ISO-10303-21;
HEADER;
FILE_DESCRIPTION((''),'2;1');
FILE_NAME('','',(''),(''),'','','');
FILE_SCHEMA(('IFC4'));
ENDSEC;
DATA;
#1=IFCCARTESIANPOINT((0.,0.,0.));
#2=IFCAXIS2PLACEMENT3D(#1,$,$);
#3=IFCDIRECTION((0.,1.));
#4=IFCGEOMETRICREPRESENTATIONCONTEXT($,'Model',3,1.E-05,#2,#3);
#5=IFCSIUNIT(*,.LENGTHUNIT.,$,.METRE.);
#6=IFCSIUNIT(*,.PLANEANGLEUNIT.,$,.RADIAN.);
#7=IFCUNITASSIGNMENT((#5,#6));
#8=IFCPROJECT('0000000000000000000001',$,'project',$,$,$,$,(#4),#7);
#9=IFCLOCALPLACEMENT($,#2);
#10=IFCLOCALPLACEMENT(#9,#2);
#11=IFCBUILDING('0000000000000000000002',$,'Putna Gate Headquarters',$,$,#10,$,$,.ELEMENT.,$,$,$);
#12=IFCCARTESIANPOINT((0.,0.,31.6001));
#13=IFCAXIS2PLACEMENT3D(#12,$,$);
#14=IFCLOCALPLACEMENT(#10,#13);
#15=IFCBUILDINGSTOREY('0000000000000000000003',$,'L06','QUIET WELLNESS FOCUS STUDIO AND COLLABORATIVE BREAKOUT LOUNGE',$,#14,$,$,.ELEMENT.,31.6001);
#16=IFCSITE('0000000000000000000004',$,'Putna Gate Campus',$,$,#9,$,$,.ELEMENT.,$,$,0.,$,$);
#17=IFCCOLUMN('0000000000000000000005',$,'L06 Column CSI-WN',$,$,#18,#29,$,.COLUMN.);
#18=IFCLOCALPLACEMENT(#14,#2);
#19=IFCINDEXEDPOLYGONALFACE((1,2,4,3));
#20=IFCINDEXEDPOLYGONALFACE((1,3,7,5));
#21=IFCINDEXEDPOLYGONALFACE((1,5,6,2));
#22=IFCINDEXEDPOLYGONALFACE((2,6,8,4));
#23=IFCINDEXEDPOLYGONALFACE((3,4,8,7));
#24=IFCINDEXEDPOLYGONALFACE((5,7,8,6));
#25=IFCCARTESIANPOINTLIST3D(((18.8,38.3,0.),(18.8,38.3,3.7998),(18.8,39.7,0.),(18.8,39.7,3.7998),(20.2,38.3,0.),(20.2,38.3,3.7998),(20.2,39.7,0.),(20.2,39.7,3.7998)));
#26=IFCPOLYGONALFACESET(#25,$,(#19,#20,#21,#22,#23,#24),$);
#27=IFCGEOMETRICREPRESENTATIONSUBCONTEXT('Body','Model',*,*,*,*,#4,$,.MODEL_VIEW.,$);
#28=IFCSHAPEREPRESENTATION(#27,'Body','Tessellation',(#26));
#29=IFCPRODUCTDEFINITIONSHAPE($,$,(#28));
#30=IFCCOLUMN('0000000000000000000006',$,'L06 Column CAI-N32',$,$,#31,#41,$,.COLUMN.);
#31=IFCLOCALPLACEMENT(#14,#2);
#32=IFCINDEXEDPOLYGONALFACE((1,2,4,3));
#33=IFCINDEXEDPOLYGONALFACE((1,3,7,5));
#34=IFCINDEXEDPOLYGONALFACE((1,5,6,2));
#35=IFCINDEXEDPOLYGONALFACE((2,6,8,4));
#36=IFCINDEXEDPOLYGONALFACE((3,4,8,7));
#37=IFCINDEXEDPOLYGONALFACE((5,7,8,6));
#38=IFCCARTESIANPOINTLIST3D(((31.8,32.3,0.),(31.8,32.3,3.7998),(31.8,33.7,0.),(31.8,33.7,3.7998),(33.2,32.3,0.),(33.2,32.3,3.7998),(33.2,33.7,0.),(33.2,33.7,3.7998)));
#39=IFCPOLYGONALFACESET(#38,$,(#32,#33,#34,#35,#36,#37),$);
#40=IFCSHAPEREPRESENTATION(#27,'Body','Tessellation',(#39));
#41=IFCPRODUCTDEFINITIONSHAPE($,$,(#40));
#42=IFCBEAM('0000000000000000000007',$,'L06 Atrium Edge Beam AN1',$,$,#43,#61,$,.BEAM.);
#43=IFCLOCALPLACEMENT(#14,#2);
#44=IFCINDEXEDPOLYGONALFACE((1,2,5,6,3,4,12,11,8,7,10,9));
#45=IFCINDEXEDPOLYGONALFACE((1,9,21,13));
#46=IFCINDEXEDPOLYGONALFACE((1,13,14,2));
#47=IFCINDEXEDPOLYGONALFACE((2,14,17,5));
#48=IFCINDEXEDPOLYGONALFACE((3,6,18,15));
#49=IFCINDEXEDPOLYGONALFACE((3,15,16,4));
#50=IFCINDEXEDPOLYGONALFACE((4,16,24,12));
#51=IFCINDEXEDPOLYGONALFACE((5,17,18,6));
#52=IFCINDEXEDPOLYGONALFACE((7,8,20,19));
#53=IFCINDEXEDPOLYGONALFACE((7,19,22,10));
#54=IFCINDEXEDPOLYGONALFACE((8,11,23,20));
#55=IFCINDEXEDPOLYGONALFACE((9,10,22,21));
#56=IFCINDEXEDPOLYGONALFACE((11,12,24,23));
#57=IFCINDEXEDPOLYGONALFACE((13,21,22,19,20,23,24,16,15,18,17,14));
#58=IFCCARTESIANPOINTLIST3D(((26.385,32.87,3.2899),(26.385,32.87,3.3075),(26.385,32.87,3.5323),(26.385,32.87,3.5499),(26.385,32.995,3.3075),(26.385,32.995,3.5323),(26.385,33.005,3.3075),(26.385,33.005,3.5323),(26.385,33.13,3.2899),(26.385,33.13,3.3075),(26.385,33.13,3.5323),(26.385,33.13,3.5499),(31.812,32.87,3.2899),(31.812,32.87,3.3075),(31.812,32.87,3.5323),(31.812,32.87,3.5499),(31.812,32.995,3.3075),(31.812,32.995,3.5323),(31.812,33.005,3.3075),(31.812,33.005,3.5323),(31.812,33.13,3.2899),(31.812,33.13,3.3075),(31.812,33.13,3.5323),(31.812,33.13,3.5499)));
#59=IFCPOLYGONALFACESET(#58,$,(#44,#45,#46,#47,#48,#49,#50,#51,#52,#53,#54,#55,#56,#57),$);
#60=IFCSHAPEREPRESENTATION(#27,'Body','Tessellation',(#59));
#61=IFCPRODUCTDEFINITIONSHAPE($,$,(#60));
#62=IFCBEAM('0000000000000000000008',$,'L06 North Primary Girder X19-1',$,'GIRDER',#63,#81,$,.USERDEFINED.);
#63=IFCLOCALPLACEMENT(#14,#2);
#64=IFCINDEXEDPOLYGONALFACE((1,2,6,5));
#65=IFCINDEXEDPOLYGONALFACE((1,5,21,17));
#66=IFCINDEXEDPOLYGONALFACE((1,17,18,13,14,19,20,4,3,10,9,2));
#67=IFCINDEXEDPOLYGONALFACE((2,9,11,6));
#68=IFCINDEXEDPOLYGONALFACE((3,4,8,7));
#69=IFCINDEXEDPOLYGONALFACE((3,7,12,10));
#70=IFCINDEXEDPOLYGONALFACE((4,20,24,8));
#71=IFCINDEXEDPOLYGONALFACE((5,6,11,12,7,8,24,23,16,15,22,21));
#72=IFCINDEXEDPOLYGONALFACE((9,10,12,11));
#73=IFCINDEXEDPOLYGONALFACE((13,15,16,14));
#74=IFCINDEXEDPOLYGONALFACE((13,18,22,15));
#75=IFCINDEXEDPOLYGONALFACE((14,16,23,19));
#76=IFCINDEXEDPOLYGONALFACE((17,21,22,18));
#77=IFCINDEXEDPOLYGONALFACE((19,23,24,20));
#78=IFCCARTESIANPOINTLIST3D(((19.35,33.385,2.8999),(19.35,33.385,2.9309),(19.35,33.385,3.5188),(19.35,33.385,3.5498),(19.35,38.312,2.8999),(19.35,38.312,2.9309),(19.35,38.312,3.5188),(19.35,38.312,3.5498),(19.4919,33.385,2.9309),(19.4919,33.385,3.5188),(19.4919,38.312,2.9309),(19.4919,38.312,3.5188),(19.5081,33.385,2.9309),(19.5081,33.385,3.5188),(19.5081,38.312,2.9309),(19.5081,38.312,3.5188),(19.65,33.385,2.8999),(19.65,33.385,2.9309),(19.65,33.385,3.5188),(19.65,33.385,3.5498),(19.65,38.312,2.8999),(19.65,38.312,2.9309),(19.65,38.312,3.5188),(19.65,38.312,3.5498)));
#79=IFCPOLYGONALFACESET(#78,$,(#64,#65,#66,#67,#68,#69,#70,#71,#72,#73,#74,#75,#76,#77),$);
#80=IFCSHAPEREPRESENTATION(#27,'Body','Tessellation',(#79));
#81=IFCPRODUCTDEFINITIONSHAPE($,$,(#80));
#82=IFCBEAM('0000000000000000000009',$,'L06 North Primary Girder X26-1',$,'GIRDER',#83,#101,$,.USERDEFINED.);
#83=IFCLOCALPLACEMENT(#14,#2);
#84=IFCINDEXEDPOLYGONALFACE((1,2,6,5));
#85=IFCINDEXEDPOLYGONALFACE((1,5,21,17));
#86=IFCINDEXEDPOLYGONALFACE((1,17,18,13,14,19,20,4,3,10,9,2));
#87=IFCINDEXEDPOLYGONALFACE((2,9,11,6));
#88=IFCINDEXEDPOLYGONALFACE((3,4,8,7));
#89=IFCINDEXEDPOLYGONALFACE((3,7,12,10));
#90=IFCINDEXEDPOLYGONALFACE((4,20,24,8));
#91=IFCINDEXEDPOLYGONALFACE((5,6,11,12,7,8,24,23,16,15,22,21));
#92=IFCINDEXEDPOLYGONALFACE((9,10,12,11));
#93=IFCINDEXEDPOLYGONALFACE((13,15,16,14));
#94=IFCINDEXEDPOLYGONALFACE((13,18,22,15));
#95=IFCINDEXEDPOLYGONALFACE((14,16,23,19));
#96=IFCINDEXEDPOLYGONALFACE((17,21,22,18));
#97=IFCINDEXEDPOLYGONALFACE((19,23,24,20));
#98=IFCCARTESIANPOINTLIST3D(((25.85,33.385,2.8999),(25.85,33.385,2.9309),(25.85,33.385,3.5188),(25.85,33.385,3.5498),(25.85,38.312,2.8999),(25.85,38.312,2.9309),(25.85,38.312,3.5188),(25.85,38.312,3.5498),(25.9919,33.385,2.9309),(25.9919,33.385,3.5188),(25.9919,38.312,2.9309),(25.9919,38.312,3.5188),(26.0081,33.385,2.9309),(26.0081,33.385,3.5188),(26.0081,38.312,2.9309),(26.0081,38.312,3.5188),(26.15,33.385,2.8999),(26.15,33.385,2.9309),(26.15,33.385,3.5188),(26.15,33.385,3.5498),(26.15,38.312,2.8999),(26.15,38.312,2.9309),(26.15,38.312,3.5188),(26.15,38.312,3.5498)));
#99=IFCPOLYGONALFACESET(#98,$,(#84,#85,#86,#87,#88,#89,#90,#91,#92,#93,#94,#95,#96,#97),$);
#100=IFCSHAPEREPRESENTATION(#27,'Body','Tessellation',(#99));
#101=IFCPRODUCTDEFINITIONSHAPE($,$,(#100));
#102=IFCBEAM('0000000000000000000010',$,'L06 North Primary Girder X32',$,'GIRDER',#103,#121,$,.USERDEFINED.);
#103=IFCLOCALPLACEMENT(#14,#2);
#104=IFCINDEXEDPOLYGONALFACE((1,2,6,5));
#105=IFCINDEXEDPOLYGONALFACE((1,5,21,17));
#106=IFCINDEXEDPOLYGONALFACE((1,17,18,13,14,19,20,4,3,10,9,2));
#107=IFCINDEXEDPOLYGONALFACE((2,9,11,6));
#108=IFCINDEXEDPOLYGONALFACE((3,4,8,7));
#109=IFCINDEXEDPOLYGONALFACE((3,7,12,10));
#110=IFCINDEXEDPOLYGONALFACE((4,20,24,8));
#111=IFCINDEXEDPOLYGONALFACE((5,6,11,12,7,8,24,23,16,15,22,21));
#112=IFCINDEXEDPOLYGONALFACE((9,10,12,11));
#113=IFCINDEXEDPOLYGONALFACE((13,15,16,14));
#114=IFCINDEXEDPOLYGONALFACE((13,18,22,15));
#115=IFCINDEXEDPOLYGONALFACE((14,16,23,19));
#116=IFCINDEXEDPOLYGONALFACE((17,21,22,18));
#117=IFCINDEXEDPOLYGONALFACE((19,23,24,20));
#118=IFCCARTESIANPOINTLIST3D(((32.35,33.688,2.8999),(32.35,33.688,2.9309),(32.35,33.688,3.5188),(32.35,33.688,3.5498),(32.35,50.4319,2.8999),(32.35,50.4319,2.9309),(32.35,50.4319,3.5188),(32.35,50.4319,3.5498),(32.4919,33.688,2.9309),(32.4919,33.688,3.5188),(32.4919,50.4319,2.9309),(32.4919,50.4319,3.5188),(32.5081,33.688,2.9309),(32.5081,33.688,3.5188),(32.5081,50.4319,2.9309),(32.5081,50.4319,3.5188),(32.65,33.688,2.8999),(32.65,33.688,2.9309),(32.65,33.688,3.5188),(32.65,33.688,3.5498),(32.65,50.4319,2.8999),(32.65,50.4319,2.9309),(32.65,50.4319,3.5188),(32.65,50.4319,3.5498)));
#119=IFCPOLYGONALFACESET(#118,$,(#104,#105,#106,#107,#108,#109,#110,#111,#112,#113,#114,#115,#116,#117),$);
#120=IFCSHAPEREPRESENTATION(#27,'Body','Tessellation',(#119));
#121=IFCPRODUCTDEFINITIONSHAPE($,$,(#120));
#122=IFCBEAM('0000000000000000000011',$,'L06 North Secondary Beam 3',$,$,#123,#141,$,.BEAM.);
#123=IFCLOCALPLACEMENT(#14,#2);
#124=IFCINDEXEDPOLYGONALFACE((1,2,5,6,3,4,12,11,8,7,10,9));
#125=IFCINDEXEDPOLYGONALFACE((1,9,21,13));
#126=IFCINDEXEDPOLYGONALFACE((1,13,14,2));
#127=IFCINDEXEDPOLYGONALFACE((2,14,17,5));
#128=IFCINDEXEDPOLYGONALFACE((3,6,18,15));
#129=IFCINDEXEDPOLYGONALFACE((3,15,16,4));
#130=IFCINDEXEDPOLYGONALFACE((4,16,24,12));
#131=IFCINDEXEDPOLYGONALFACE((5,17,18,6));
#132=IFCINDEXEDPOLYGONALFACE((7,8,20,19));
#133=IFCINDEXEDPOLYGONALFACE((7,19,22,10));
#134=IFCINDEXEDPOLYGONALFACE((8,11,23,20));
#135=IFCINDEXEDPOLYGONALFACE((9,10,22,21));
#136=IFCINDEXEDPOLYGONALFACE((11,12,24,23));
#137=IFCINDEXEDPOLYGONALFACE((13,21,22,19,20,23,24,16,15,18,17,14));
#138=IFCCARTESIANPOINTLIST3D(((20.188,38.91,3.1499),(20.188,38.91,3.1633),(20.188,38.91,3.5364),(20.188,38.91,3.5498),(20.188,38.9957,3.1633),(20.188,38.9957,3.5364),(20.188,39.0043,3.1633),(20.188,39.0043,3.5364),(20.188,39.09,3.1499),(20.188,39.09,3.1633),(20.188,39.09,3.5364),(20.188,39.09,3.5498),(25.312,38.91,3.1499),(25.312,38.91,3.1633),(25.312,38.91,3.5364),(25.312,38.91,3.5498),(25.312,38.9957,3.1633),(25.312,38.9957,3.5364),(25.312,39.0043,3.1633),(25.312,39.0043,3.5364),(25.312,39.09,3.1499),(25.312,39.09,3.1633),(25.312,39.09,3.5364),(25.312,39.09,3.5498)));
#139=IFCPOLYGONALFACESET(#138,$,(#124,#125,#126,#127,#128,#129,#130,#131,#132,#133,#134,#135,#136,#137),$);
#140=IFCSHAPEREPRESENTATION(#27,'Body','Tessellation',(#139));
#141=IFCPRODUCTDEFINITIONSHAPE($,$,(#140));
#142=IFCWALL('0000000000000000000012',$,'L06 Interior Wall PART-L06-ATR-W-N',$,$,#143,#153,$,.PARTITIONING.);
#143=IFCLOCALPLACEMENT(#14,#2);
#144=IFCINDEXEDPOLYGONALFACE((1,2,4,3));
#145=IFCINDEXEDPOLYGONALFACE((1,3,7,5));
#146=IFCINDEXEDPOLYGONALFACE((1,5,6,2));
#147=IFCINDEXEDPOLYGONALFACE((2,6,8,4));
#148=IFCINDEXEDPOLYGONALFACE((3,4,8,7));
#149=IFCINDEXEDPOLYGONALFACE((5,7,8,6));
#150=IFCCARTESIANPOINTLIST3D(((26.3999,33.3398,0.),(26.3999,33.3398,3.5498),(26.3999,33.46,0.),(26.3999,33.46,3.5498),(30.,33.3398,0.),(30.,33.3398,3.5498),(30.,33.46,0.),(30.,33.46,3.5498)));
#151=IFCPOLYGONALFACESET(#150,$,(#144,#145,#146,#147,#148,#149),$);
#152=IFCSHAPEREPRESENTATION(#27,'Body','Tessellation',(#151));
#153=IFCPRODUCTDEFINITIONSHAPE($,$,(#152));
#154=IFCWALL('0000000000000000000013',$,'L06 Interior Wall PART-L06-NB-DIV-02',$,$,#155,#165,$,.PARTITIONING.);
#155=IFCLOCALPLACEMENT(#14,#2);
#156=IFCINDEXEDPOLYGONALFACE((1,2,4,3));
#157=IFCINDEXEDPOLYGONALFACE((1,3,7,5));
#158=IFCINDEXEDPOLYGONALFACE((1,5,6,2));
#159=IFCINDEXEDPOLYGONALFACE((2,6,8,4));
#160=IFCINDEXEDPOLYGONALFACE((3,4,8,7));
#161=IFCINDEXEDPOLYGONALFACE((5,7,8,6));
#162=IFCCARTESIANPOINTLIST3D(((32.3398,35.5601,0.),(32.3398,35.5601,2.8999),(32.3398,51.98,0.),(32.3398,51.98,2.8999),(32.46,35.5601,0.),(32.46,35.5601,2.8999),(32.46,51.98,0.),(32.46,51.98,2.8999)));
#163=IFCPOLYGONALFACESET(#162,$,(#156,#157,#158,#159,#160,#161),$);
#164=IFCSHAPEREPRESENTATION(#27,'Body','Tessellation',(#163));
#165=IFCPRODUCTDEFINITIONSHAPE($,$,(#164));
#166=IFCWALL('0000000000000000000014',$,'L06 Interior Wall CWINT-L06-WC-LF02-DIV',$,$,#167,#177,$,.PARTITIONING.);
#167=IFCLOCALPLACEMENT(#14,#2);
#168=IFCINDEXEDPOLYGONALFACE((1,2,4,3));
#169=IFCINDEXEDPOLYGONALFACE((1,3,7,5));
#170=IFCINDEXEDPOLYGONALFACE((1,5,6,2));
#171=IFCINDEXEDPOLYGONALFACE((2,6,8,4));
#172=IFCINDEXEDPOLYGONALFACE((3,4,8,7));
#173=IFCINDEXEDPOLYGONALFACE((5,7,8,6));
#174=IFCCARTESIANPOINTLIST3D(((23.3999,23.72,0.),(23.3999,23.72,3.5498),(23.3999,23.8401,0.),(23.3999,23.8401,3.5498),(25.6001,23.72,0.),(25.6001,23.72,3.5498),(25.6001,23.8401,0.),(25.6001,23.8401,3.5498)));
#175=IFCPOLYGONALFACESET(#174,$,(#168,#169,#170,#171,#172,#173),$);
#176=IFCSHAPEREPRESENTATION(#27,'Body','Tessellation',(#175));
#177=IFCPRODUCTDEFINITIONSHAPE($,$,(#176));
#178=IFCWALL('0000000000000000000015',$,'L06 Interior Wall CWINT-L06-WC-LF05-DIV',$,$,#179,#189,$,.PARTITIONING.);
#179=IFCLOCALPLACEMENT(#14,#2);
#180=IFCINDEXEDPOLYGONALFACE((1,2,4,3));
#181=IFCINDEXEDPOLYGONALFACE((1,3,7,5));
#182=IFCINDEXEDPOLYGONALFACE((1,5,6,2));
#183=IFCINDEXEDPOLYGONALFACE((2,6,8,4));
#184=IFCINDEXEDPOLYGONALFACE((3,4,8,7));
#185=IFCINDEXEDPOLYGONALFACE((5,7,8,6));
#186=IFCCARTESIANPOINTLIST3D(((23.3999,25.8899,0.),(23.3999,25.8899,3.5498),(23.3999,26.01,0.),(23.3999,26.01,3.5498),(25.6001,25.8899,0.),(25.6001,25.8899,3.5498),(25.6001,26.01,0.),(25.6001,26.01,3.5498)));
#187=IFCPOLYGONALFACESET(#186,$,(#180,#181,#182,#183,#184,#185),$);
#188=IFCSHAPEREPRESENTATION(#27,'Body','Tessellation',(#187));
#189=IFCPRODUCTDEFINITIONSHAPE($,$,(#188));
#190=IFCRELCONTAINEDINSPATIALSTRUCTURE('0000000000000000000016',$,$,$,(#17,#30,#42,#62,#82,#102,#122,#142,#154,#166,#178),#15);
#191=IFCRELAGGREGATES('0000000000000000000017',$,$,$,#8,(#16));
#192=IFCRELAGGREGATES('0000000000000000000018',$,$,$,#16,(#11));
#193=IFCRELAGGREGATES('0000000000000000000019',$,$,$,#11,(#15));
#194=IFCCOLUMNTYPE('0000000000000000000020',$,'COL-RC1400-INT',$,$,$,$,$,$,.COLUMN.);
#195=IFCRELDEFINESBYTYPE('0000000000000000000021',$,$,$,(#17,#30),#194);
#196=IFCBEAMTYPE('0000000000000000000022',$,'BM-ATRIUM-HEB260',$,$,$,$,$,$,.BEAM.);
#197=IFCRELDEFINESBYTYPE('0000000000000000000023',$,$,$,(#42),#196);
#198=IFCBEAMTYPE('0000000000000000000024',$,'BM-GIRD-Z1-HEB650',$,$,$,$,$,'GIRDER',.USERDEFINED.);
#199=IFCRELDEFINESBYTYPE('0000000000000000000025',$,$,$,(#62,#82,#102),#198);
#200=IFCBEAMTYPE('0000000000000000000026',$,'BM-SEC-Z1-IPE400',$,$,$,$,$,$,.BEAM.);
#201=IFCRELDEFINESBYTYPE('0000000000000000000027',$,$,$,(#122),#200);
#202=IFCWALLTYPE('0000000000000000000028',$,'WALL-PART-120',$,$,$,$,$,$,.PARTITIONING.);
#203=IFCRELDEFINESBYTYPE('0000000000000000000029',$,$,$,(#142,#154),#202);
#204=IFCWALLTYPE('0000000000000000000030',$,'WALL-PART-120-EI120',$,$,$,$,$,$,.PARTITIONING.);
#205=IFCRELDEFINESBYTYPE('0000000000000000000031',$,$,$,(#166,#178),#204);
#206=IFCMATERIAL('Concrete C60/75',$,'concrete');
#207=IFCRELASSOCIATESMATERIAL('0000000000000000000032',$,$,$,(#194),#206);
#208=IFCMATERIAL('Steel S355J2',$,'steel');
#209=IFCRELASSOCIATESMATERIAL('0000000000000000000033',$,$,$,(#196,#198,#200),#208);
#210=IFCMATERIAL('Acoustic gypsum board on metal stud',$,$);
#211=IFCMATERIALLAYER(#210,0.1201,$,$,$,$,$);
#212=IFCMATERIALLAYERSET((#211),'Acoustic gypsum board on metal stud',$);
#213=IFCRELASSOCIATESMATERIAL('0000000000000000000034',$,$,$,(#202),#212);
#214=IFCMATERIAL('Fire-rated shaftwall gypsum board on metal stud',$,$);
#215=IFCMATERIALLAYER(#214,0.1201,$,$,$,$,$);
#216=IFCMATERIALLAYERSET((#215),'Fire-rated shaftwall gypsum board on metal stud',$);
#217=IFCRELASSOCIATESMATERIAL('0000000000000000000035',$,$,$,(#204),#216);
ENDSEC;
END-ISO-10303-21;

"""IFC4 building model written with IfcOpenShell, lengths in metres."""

from ifc_helpers import new_model, si_unit, direction, frame, frame_2d, origin, origin_2d, place, context, subcontext, project, spatial, rectangle, i_section, extrude, material, layer, layer_set, material_profile, profile_set, type_object, element, save


model = new_model("IFC4")

# Units and contexts
model_context = context("Model", 3, precision=1e-05, world=origin(), true_north=direction((0.0, 1.0)))
body_context = subcontext(model_context, "Body", "Model", "MODEL_VIEW")
ifc_project = project(units=[si_unit("LENGTHUNIT", "METRE"), si_unit("PLANEANGLEUNIT", "RADIAN")], contexts=[model_context])

# Site, building, storey
site_placement = place(None, origin())
site = spatial("IfcSite", under=ifc_project, at=site_placement, Name="Putna Gate Campus", CompositionType="ELEMENT", RefElevation=0.0)
building_placement = place(site_placement, origin())
building = spatial("IfcBuilding", under=site, at=building_placement, Name="Putna Gate Headquarters", CompositionType="ELEMENT")
storey_placement = place(building_placement, frame((0.0, 0.0, 31.6001)))
storey = spatial("IfcBuildingStorey", under=building, at=storey_placement, Name="L06", Description="QUIET WELLNESS FOCUS STUDIO AND COLLABORATIVE BREAKOUT LOUNGE", CompositionType="ELEMENT", Elevation=31.6001)

# Columns
ifc_material_1 = material(Name="Concrete C60/75", Category="concrete")
ifc_material_profile_1 = material_profile(ifc_material_1, rectangle(XDim=1.3999, YDim=1.3999, at=origin_2d()), Name="Concrete C60/75")
ifc_profile_set_1 = profile_set([ifc_material_profile_1], Name="Concrete C60/75")
column_type = type_object("IfcColumnType", Name="COL-RC1400-INT", PredefinedType="COLUMN", material=ifc_profile_set_1)
for number, where, z_axis, x_axis, name in (
    (1, (19.5, 39.0, 0.0), (0.0, 0.0, 1.0), (1.0, 0.0, 0.0), "L06 Column CSI-WN"),
    (2, (32.5, 33.0, 0.0), (0.0, 0.0, 1.0), (1.0, 0.0, 0.0), "L06 Column CAI-N32"),
):
    element("IfcColumn", number, at=place(storey_placement, frame(where, z_axis=z_axis, x_axis=x_axis)), inside=storey, type_object=column_type, Name=name, PredefinedType="COLUMN", context=body_context, shape_type="SweptSolid", body=[
        extrude(rectangle(XDim=1.3999, YDim=1.3999, at=origin_2d()), origin(), (0.0, 0.0, 1.0), 3.7998),
    ])

# Beams
ifc_material_2 = material(Name="Steel S355J2", Category="steel")
ifc_material_profile_2 = material_profile(ifc_material_2, i_section(OverallWidth=0.26, OverallDepth=0.26, WebThickness=0.01, FlangeThickness=0.0176, at=origin_2d()), Name="Steel S355J2")
ifc_profile_set_2 = profile_set([ifc_material_profile_2], Name="Steel S355J2")
beam_type_1 = type_object("IfcBeamType", Name="BM-ATRIUM-HEB260", PredefinedType="BEAM", material=ifc_profile_set_2)
beam_1_placement = place(storey_placement, frame((26.385, 33.0, 3.4199), z_axis=(1.0, 0.0, 0.0), x_axis=(0.0, 1.0, 0.0)))
element("IfcBeam", 3, at=beam_1_placement, inside=storey, type_object=beam_type_1, Name="L06 Atrium Edge Beam AN1", PredefinedType="BEAM", context=body_context, shape_type="SweptSolid", body=[
    extrude(i_section(OverallWidth=0.26, OverallDepth=0.26, WebThickness=0.01, FlangeThickness=0.0176, at=origin_2d()), origin(), (0.0, 0.0, 1.0), 5.427),
])
ifc_material_profile_3 = material_profile(ifc_material_2, i_section(OverallWidth=0.3, OverallDepth=0.6499, WebThickness=0.0161, FlangeThickness=0.031, at=origin_2d()), Name="Steel S355J2")
ifc_profile_set_3 = profile_set([ifc_material_profile_3], Name="Steel S355J2")
beam_type_2 = type_object("IfcBeamType", Name="BM-GIRD-Z1-HEB650", ElementType="GIRDER", PredefinedType="USERDEFINED", material=ifc_profile_set_3)
for number, where, z_axis, x_axis, name in (
    (4, (19.5, 33.385, 3.2249), (0.0, 1.0, 0.0), (-1.0, 0.0, 0.0), "L06 North Primary Girder X19-1"),
    (5, (26.0, 33.385, 3.2249), (0.0, 1.0, 0.0), (-1.0, 0.0, 0.0), "L06 North Primary Girder X26-1"),
):
    element("IfcBeam", number, at=place(storey_placement, frame(where, z_axis=z_axis, x_axis=x_axis)), inside=storey, type_object=beam_type_2, Name=name, ObjectType="GIRDER", PredefinedType="USERDEFINED", context=body_context, shape_type="SweptSolid", body=[
        extrude(i_section(OverallWidth=0.3, OverallDepth=0.6499, WebThickness=0.0161, FlangeThickness=0.031, at=origin_2d()), origin(), (0.0, 0.0, 1.0), 4.927),
    ])
beam_2_placement = place(storey_placement, frame((32.5, 33.688, 3.2249), z_axis=(0.0, 1.0, 0.0), x_axis=(-1.0, 0.0, 0.0)))
element("IfcBeam", 6, at=beam_2_placement, inside=storey, type_object=beam_type_2, Name="L06 North Primary Girder X32", ObjectType="GIRDER", PredefinedType="USERDEFINED", context=body_context, shape_type="SweptSolid", body=[
    extrude(i_section(OverallWidth=0.3, OverallDepth=0.6499, WebThickness=0.0161, FlangeThickness=0.031, at=origin_2d()), origin(), (0.0, 0.0, 1.0), 16.7439),
])
ifc_material_profile_4 = material_profile(ifc_material_2, i_section(OverallWidth=0.1799, OverallDepth=0.3999, WebThickness=0.0085, FlangeThickness=0.0134, at=origin_2d()), Name="Steel S355J2")
ifc_profile_set_4 = profile_set([ifc_material_profile_4], Name="Steel S355J2")
beam_type_3 = type_object("IfcBeamType", Name="BM-SEC-Z1-IPE400", PredefinedType="BEAM", material=ifc_profile_set_4)
beam_3_placement = place(storey_placement, frame((20.188, 39.0, 3.3499), z_axis=(1.0, 0.0, 0.0), x_axis=(0.0, 1.0, 0.0)))
element("IfcBeam", 7, at=beam_3_placement, inside=storey, type_object=beam_type_3, Name="L06 North Secondary Beam 3", PredefinedType="BEAM", context=body_context, shape_type="SweptSolid", body=[
    extrude(i_section(OverallWidth=0.1799, OverallDepth=0.3999, WebThickness=0.0085, FlangeThickness=0.0134, at=origin_2d()), origin(), (0.0, 0.0, 1.0), 5.124),
])

# Walls
ifc_material_3 = material(Name="Acoustic gypsum board on metal stud")
ifc_layer_1 = layer(ifc_material_3, 0.1201)
ifc_layer_set_1 = layer_set([ifc_layer_1], Name="Acoustic gypsum board on metal stud")
wall_type_1 = type_object("IfcWallType", Name="WALL-PART-120", PredefinedType="PARTITIONING", material=ifc_layer_set_1)
wall_1_placement = place(storey_placement, frame((26.3999, 33.3999, 0.0), z_axis=(0.0, 0.0, 1.0), x_axis=(1.0, 0.0, 0.0)))
element("IfcWall", 8, at=wall_1_placement, inside=storey, type_object=wall_type_1, Name="L06 Interior Wall PART-L06-ATR-W-N", PredefinedType="PARTITIONING", context=body_context, shape_type="SweptSolid", body=[
    extrude(rectangle(XDim=3.6001, YDim=0.1201, at=frame_2d((1.8, 0.0))), origin(), (0.0, 0.0, 1.0), 3.5498),
])
wall_2_placement = place(storey_placement, frame((32.3999, 35.5601, 0.0), z_axis=(0.0, 0.0, 1.0), x_axis=(0.0, 1.0, 0.0)))
element("IfcWall", 9, at=wall_2_placement, inside=storey, type_object=wall_type_1, Name="L06 Interior Wall PART-L06-NB-DIV-02", PredefinedType="PARTITIONING", context=body_context, shape_type="SweptSolid", body=[
    extrude(rectangle(XDim=16.4199, YDim=0.1201, at=frame_2d((8.21, 0.0))), origin(), (0.0, 0.0, 1.0), 2.8999),
])
ifc_material_4 = material(Name="Fire-rated shaftwall gypsum board on metal stud")
ifc_layer_2 = layer(ifc_material_4, 0.1201)
ifc_layer_set_2 = layer_set([ifc_layer_2], Name="Fire-rated shaftwall gypsum board on metal stud")
wall_type_2 = type_object("IfcWallType", Name="WALL-PART-120-EI120", PredefinedType="PARTITIONING", material=ifc_layer_set_2)
for number, where, z_axis, x_axis, name in (
    (10, (23.3999, 23.78, 0.0), (0.0, 0.0, 1.0), (1.0, 0.0, 0.0), "L06 Interior Wall CWINT-L06-WC-LF02-DIV"),
    (11, (23.3999, 25.95, 0.0), (0.0, 0.0, 1.0), (1.0, 0.0, 0.0), "L06 Interior Wall CWINT-L06-WC-LF05-DIV"),
):
    element("IfcWall", number, at=place(storey_placement, frame(where, z_axis=z_axis, x_axis=x_axis)), inside=storey, type_object=wall_type_2, Name=name, PredefinedType="PARTITIONING", context=body_context, shape_type="SweptSolid", body=[
        extrude(rectangle(XDim=2.2002, YDim=0.1201, at=frame_2d((1.1001, 0.0))), origin(), (0.0, 0.0, 1.0), 3.5498),
    ])

save(model, "model.ifc")
